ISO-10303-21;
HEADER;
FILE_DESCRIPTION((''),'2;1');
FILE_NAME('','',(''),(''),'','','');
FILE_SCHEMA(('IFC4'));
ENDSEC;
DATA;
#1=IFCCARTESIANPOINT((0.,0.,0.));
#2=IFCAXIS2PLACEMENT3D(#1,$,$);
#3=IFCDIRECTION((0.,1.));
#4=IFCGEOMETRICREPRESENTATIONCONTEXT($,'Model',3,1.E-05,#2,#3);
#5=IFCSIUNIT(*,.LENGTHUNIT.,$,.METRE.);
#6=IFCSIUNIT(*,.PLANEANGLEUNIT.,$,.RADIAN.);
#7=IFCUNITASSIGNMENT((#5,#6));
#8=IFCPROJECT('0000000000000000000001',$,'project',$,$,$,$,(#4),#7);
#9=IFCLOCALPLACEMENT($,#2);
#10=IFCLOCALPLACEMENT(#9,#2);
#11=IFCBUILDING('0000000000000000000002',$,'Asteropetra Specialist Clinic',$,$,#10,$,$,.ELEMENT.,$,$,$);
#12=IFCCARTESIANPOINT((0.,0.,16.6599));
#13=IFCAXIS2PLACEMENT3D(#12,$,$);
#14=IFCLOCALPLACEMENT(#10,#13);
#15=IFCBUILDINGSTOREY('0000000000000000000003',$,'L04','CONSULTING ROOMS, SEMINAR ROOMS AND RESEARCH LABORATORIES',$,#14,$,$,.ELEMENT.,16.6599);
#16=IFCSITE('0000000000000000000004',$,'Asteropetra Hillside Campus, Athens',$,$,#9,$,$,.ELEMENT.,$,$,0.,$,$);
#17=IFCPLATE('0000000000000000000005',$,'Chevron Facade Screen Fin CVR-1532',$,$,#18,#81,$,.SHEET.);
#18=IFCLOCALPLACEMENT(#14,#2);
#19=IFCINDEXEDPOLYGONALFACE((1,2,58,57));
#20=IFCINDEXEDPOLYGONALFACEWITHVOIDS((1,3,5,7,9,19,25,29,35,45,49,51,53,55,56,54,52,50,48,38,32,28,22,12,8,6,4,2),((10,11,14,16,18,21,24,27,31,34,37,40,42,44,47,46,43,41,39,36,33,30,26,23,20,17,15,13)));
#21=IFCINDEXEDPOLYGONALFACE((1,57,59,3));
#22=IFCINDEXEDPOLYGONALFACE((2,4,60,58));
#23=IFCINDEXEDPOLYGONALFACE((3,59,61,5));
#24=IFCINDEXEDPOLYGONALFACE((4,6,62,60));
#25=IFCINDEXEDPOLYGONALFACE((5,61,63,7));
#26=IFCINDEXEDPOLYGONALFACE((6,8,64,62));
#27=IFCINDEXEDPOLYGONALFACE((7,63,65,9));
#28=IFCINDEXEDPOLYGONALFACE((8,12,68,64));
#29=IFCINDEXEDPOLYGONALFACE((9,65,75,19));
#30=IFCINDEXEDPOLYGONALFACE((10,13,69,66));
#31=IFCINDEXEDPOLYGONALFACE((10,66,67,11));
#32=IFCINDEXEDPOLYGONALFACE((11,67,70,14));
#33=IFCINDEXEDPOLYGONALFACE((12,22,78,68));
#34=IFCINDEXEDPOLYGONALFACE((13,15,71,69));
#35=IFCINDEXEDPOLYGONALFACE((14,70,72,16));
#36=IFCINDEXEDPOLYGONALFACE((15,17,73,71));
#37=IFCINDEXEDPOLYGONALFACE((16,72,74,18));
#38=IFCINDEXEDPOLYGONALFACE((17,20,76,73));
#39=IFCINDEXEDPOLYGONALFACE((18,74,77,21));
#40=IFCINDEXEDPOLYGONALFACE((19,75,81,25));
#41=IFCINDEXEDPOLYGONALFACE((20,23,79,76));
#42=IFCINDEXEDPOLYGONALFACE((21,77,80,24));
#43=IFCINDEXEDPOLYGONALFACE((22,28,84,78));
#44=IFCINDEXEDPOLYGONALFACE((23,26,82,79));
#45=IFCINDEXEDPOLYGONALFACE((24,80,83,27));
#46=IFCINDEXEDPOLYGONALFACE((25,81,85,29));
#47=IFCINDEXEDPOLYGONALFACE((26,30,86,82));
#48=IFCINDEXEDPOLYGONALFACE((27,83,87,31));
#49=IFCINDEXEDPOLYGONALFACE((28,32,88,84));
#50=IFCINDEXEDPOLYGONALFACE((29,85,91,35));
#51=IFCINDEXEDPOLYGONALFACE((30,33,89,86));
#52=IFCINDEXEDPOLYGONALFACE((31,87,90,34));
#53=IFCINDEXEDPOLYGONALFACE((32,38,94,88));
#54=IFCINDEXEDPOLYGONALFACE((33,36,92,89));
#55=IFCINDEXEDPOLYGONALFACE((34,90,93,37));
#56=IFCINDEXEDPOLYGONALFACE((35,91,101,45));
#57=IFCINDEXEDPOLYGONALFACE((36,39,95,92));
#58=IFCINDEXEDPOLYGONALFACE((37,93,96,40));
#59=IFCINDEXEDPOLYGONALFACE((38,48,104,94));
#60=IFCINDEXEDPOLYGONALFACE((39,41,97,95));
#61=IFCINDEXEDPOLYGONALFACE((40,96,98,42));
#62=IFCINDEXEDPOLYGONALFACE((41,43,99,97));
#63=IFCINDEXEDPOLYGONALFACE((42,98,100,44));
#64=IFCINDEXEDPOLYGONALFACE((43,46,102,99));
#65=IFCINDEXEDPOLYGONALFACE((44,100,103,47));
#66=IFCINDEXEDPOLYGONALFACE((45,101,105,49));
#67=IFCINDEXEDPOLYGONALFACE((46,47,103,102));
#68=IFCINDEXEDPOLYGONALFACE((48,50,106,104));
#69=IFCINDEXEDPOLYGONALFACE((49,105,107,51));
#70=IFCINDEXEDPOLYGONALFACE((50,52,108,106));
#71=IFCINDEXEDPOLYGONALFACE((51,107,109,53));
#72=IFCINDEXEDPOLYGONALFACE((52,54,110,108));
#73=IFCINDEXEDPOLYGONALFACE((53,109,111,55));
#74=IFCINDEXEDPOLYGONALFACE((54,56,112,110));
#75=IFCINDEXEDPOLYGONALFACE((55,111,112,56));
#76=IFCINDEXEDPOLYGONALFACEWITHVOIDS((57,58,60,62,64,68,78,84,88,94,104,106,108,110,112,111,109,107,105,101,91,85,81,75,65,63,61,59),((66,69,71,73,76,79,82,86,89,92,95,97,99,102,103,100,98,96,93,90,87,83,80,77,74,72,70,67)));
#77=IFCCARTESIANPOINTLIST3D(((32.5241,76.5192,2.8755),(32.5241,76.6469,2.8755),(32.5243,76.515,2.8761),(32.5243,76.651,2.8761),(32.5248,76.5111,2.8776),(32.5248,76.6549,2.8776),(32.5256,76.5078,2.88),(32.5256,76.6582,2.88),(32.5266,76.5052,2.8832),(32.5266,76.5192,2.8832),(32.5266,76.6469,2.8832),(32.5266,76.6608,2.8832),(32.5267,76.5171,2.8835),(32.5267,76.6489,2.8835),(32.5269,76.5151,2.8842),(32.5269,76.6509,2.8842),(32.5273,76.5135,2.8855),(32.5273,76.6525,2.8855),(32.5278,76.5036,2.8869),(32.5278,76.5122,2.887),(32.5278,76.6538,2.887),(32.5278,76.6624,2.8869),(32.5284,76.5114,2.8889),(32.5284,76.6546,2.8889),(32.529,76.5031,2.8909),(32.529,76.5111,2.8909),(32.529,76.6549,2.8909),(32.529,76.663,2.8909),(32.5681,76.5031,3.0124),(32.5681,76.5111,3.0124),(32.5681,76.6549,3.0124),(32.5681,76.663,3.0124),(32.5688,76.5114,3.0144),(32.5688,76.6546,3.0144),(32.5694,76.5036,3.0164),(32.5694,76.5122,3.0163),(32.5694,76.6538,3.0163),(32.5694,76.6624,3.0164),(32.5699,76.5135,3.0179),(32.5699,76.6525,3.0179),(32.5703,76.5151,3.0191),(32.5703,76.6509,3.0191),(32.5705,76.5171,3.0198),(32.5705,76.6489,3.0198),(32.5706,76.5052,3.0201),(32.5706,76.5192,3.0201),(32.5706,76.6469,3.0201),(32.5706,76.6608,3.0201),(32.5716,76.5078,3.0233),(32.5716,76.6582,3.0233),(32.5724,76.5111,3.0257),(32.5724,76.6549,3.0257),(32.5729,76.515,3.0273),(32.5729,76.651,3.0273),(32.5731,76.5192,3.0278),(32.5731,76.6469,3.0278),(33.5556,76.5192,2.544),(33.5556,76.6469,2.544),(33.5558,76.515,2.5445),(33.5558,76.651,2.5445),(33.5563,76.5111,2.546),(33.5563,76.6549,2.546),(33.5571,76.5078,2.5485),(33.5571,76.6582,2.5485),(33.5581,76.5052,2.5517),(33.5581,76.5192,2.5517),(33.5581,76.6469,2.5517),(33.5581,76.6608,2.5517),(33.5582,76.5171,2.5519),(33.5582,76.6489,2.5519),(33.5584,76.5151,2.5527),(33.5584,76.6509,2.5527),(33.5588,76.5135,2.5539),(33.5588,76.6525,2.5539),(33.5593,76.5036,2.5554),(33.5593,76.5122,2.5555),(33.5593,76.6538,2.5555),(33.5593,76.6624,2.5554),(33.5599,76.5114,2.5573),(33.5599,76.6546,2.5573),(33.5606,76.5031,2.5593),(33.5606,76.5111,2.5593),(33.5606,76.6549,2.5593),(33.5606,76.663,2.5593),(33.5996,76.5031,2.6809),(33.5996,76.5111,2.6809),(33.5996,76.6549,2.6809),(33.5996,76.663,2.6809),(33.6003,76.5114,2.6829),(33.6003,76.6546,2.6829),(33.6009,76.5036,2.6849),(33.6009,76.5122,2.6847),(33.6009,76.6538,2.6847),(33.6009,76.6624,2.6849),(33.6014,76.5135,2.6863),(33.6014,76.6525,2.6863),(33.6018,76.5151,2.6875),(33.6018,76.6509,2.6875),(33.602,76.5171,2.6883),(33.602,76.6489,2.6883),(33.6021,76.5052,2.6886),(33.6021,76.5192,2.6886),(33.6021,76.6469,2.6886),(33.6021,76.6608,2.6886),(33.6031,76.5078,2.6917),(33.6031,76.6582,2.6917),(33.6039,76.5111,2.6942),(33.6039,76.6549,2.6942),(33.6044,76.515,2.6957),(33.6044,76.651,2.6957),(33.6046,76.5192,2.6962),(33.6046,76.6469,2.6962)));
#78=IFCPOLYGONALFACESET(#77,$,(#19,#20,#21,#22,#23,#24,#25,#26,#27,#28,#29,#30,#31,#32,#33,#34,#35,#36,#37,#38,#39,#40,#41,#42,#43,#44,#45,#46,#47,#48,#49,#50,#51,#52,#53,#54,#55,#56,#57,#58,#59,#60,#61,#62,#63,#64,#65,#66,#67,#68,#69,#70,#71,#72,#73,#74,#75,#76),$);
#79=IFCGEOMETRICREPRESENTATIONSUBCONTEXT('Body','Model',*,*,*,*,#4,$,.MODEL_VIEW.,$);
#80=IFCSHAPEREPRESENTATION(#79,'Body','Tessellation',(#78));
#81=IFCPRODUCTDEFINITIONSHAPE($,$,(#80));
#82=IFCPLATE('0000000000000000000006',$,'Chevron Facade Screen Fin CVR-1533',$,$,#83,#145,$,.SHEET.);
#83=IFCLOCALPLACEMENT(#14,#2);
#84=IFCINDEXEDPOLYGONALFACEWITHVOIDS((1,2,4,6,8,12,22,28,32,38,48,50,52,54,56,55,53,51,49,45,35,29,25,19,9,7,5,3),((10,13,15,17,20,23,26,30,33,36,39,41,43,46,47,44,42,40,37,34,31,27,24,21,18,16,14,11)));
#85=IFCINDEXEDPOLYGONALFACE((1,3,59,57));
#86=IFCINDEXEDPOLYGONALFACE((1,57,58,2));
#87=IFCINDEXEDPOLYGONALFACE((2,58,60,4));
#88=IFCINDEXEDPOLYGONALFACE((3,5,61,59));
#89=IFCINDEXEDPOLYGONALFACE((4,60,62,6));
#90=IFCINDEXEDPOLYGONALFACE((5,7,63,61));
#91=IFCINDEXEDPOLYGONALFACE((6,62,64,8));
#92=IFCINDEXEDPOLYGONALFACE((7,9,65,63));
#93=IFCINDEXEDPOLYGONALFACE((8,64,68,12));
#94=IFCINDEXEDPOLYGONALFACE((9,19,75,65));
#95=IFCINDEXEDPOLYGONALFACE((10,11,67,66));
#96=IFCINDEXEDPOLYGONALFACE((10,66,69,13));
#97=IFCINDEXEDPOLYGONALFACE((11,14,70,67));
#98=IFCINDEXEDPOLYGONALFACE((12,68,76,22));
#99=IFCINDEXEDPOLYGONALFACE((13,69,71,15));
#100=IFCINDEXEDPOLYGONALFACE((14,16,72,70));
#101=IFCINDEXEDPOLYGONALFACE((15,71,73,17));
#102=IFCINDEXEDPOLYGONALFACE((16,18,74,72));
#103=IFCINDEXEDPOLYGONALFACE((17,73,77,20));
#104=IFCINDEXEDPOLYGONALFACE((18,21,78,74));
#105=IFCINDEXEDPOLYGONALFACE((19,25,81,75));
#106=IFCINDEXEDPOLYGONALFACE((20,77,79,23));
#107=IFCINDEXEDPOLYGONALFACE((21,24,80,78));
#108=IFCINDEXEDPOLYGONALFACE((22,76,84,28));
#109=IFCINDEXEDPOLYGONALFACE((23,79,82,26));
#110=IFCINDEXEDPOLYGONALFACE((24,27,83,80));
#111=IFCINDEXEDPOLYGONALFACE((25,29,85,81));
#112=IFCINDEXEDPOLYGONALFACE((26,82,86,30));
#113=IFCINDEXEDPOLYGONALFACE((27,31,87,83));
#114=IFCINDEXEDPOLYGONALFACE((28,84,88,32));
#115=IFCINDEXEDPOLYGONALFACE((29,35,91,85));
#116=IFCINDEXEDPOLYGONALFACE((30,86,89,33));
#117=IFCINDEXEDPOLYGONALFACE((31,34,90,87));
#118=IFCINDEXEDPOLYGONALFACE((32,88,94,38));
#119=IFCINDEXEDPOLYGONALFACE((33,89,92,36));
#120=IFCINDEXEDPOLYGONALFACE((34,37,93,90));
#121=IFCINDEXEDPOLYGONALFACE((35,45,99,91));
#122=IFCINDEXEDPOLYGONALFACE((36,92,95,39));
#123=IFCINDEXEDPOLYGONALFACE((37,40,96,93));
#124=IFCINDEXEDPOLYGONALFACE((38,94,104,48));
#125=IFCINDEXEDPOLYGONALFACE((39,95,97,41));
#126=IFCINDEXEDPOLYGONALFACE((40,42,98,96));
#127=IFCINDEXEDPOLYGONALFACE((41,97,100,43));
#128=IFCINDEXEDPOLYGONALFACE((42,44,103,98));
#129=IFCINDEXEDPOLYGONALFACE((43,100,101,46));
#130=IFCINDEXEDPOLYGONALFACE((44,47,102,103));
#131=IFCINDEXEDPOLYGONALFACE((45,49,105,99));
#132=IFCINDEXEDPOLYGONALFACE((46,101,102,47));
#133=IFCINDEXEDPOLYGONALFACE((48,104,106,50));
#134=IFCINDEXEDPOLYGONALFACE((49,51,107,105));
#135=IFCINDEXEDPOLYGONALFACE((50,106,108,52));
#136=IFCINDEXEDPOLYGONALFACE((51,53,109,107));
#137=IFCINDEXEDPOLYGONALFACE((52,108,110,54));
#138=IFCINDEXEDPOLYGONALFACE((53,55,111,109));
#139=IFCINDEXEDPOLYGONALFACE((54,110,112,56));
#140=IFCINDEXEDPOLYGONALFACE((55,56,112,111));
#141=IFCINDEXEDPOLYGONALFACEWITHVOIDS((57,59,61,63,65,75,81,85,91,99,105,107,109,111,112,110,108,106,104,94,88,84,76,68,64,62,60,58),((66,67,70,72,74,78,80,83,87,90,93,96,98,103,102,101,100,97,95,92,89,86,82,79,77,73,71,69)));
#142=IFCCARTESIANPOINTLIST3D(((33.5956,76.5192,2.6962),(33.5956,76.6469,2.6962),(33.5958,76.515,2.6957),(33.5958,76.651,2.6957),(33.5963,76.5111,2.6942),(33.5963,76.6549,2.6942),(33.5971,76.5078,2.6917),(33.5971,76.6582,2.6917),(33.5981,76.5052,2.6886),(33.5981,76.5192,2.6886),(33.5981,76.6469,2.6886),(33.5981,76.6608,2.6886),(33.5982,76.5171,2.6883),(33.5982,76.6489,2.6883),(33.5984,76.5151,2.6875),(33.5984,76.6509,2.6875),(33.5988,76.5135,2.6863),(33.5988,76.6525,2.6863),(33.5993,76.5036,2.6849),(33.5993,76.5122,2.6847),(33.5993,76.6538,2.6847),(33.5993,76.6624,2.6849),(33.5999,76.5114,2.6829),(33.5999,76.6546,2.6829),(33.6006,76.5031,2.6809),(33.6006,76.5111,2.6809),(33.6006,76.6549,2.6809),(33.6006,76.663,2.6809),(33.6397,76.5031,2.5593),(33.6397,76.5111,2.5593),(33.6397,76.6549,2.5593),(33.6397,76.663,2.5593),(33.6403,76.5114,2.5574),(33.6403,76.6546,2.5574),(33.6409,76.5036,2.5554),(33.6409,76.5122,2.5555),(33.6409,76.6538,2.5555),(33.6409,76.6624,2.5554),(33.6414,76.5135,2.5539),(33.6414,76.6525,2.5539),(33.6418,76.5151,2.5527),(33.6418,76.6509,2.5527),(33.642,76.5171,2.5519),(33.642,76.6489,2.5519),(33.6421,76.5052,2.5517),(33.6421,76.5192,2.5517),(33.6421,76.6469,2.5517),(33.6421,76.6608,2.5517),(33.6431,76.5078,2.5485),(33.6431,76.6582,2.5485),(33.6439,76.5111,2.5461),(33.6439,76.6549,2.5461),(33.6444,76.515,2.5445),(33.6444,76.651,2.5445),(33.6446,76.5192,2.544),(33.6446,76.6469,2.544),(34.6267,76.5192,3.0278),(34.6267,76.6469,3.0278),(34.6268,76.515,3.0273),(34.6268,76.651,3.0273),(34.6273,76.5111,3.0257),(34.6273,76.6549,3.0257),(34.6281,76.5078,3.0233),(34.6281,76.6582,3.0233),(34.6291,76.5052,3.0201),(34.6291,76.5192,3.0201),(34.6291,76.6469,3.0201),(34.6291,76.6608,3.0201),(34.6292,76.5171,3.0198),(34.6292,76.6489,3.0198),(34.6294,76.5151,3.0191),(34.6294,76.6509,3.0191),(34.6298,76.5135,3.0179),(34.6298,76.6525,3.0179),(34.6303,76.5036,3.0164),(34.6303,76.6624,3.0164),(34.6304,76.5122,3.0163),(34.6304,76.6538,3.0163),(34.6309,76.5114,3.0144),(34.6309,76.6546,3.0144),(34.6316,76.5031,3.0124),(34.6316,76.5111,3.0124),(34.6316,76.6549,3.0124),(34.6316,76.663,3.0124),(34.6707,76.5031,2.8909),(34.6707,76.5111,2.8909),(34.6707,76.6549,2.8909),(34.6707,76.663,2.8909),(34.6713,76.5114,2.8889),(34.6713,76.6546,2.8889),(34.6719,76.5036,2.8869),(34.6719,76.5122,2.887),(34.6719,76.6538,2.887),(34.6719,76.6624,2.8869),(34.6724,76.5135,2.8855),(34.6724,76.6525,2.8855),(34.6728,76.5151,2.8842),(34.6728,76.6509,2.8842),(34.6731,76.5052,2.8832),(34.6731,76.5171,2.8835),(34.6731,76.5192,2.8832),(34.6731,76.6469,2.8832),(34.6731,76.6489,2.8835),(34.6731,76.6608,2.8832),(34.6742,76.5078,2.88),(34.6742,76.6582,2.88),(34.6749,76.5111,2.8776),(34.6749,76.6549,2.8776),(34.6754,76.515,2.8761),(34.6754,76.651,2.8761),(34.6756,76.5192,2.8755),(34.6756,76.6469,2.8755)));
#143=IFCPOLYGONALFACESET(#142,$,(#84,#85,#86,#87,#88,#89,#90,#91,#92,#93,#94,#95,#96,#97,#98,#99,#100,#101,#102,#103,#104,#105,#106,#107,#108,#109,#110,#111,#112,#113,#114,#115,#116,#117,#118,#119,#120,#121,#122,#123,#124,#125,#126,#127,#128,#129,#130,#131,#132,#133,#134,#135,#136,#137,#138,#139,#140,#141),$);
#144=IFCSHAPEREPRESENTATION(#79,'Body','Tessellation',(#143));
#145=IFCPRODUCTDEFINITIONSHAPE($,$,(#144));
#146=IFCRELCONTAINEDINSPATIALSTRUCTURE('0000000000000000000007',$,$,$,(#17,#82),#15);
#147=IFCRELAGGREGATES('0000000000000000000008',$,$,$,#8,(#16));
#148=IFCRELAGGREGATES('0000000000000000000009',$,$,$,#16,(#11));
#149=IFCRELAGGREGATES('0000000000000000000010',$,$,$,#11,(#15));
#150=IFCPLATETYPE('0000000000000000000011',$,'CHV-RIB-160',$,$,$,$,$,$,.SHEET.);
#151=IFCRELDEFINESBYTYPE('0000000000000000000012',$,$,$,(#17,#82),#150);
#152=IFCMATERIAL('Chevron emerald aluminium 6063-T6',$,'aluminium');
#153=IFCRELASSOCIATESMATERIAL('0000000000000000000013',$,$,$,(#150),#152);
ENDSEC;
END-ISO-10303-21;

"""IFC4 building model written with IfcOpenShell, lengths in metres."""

from ifc_helpers import new_model, si_unit, direction, frame, origin, origin_2d, place, context, subcontext, project, spatial, hollow_rectangle, extrude, material, material_profile, profile_set, type_object, element, save


model = new_model("IFC4")

# Units and contexts
model_context = context("Model", 3, precision=1e-05, world=origin(), true_north=direction((0.0, 1.0)))
body_context = subcontext(model_context, "Body", "Model", "MODEL_VIEW")
ifc_project = project(units=[si_unit("LENGTHUNIT", "METRE"), si_unit("PLANEANGLEUNIT", "RADIAN")], contexts=[model_context])

# Site, building, storey
site_placement = place(None, origin())
site = spatial("IfcSite", under=ifc_project, at=site_placement, Name="Asteropetra Hillside Campus, Athens", CompositionType="ELEMENT", RefElevation=0.0)
building_placement = place(site_placement, origin())
building = spatial("IfcBuilding", under=site, at=building_placement, Name="Asteropetra Specialist Clinic", CompositionType="ELEMENT")
storey_placement = place(building_placement, frame((0.0, 0.0, 16.6599)))
storey = spatial("IfcBuildingStorey", under=building, at=storey_placement, Name="L04", Description="CONSULTING ROOMS, SEMINAR ROOMS AND RESEARCH LABORATORIES", CompositionType="ELEMENT", Elevation=16.6599)

# Plates
ifc_material_1 = material(Name="Chevron emerald aluminium 6063-T6", Category="aluminium")
ifc_material_profile_1 = material_profile(ifc_material_1, hollow_rectangle(XDim=0.1599, YDim=0.1599, WallThickness=0.0081, InnerFilletRadius=0.0081, OuterFilletRadius=0.0161, at=origin_2d()), Name="SHS 160x160x8.0")
ifc_profile_set_1 = profile_set([ifc_material_profile_1], Name="Chevron emerald aluminium 6063-T6")
plate_type_1 = type_object("IfcPlateType", Name="CHV-RIB-160", PredefinedType="SHEET", material=ifc_profile_set_1)
plate_1_placement = place(storey_placement, frame((32.5486, 76.583, 2.9517), z_axis=(0.952031, 0.0, -0.306002), x_axis=(0.0, 1.0, 0.0)))
element("IfcPlate", 1, at=plate_1_placement, inside=storey, type_object=plate_type_1, Name="Chevron Facade Screen Fin CVR-1532", PredefinedType="SHEET", context=body_context, shape_type="SweptSolid", body=[
    extrude(hollow_rectangle(XDim=0.1599, YDim=0.1599, WallThickness=0.0081, InnerFilletRadius=0.0081, OuterFilletRadius=0.0161, at=origin_2d()), origin(), (0.0, 0.0, 1.0), 1.0835),
])
plate_2_placement = place(storey_placement, frame((33.6201, 76.583, 2.6201), z_axis=(0.951989, 0.0, 0.306133), x_axis=(0.0, 1.0, 0.0)))
element("IfcPlate", 2, at=plate_2_placement, inside=storey, type_object=plate_type_1, Name="Chevron Facade Screen Fin CVR-1533", PredefinedType="SHEET", context=body_context, shape_type="SweptSolid", body=[
    extrude(hollow_rectangle(XDim=0.1599, YDim=0.1599, WallThickness=0.0081, InnerFilletRadius=0.0081, OuterFilletRadius=0.0161, at=origin_2d()), origin(), (0.0, 0.0, 1.0), 1.083),
])

save(model, "model.ifc")
